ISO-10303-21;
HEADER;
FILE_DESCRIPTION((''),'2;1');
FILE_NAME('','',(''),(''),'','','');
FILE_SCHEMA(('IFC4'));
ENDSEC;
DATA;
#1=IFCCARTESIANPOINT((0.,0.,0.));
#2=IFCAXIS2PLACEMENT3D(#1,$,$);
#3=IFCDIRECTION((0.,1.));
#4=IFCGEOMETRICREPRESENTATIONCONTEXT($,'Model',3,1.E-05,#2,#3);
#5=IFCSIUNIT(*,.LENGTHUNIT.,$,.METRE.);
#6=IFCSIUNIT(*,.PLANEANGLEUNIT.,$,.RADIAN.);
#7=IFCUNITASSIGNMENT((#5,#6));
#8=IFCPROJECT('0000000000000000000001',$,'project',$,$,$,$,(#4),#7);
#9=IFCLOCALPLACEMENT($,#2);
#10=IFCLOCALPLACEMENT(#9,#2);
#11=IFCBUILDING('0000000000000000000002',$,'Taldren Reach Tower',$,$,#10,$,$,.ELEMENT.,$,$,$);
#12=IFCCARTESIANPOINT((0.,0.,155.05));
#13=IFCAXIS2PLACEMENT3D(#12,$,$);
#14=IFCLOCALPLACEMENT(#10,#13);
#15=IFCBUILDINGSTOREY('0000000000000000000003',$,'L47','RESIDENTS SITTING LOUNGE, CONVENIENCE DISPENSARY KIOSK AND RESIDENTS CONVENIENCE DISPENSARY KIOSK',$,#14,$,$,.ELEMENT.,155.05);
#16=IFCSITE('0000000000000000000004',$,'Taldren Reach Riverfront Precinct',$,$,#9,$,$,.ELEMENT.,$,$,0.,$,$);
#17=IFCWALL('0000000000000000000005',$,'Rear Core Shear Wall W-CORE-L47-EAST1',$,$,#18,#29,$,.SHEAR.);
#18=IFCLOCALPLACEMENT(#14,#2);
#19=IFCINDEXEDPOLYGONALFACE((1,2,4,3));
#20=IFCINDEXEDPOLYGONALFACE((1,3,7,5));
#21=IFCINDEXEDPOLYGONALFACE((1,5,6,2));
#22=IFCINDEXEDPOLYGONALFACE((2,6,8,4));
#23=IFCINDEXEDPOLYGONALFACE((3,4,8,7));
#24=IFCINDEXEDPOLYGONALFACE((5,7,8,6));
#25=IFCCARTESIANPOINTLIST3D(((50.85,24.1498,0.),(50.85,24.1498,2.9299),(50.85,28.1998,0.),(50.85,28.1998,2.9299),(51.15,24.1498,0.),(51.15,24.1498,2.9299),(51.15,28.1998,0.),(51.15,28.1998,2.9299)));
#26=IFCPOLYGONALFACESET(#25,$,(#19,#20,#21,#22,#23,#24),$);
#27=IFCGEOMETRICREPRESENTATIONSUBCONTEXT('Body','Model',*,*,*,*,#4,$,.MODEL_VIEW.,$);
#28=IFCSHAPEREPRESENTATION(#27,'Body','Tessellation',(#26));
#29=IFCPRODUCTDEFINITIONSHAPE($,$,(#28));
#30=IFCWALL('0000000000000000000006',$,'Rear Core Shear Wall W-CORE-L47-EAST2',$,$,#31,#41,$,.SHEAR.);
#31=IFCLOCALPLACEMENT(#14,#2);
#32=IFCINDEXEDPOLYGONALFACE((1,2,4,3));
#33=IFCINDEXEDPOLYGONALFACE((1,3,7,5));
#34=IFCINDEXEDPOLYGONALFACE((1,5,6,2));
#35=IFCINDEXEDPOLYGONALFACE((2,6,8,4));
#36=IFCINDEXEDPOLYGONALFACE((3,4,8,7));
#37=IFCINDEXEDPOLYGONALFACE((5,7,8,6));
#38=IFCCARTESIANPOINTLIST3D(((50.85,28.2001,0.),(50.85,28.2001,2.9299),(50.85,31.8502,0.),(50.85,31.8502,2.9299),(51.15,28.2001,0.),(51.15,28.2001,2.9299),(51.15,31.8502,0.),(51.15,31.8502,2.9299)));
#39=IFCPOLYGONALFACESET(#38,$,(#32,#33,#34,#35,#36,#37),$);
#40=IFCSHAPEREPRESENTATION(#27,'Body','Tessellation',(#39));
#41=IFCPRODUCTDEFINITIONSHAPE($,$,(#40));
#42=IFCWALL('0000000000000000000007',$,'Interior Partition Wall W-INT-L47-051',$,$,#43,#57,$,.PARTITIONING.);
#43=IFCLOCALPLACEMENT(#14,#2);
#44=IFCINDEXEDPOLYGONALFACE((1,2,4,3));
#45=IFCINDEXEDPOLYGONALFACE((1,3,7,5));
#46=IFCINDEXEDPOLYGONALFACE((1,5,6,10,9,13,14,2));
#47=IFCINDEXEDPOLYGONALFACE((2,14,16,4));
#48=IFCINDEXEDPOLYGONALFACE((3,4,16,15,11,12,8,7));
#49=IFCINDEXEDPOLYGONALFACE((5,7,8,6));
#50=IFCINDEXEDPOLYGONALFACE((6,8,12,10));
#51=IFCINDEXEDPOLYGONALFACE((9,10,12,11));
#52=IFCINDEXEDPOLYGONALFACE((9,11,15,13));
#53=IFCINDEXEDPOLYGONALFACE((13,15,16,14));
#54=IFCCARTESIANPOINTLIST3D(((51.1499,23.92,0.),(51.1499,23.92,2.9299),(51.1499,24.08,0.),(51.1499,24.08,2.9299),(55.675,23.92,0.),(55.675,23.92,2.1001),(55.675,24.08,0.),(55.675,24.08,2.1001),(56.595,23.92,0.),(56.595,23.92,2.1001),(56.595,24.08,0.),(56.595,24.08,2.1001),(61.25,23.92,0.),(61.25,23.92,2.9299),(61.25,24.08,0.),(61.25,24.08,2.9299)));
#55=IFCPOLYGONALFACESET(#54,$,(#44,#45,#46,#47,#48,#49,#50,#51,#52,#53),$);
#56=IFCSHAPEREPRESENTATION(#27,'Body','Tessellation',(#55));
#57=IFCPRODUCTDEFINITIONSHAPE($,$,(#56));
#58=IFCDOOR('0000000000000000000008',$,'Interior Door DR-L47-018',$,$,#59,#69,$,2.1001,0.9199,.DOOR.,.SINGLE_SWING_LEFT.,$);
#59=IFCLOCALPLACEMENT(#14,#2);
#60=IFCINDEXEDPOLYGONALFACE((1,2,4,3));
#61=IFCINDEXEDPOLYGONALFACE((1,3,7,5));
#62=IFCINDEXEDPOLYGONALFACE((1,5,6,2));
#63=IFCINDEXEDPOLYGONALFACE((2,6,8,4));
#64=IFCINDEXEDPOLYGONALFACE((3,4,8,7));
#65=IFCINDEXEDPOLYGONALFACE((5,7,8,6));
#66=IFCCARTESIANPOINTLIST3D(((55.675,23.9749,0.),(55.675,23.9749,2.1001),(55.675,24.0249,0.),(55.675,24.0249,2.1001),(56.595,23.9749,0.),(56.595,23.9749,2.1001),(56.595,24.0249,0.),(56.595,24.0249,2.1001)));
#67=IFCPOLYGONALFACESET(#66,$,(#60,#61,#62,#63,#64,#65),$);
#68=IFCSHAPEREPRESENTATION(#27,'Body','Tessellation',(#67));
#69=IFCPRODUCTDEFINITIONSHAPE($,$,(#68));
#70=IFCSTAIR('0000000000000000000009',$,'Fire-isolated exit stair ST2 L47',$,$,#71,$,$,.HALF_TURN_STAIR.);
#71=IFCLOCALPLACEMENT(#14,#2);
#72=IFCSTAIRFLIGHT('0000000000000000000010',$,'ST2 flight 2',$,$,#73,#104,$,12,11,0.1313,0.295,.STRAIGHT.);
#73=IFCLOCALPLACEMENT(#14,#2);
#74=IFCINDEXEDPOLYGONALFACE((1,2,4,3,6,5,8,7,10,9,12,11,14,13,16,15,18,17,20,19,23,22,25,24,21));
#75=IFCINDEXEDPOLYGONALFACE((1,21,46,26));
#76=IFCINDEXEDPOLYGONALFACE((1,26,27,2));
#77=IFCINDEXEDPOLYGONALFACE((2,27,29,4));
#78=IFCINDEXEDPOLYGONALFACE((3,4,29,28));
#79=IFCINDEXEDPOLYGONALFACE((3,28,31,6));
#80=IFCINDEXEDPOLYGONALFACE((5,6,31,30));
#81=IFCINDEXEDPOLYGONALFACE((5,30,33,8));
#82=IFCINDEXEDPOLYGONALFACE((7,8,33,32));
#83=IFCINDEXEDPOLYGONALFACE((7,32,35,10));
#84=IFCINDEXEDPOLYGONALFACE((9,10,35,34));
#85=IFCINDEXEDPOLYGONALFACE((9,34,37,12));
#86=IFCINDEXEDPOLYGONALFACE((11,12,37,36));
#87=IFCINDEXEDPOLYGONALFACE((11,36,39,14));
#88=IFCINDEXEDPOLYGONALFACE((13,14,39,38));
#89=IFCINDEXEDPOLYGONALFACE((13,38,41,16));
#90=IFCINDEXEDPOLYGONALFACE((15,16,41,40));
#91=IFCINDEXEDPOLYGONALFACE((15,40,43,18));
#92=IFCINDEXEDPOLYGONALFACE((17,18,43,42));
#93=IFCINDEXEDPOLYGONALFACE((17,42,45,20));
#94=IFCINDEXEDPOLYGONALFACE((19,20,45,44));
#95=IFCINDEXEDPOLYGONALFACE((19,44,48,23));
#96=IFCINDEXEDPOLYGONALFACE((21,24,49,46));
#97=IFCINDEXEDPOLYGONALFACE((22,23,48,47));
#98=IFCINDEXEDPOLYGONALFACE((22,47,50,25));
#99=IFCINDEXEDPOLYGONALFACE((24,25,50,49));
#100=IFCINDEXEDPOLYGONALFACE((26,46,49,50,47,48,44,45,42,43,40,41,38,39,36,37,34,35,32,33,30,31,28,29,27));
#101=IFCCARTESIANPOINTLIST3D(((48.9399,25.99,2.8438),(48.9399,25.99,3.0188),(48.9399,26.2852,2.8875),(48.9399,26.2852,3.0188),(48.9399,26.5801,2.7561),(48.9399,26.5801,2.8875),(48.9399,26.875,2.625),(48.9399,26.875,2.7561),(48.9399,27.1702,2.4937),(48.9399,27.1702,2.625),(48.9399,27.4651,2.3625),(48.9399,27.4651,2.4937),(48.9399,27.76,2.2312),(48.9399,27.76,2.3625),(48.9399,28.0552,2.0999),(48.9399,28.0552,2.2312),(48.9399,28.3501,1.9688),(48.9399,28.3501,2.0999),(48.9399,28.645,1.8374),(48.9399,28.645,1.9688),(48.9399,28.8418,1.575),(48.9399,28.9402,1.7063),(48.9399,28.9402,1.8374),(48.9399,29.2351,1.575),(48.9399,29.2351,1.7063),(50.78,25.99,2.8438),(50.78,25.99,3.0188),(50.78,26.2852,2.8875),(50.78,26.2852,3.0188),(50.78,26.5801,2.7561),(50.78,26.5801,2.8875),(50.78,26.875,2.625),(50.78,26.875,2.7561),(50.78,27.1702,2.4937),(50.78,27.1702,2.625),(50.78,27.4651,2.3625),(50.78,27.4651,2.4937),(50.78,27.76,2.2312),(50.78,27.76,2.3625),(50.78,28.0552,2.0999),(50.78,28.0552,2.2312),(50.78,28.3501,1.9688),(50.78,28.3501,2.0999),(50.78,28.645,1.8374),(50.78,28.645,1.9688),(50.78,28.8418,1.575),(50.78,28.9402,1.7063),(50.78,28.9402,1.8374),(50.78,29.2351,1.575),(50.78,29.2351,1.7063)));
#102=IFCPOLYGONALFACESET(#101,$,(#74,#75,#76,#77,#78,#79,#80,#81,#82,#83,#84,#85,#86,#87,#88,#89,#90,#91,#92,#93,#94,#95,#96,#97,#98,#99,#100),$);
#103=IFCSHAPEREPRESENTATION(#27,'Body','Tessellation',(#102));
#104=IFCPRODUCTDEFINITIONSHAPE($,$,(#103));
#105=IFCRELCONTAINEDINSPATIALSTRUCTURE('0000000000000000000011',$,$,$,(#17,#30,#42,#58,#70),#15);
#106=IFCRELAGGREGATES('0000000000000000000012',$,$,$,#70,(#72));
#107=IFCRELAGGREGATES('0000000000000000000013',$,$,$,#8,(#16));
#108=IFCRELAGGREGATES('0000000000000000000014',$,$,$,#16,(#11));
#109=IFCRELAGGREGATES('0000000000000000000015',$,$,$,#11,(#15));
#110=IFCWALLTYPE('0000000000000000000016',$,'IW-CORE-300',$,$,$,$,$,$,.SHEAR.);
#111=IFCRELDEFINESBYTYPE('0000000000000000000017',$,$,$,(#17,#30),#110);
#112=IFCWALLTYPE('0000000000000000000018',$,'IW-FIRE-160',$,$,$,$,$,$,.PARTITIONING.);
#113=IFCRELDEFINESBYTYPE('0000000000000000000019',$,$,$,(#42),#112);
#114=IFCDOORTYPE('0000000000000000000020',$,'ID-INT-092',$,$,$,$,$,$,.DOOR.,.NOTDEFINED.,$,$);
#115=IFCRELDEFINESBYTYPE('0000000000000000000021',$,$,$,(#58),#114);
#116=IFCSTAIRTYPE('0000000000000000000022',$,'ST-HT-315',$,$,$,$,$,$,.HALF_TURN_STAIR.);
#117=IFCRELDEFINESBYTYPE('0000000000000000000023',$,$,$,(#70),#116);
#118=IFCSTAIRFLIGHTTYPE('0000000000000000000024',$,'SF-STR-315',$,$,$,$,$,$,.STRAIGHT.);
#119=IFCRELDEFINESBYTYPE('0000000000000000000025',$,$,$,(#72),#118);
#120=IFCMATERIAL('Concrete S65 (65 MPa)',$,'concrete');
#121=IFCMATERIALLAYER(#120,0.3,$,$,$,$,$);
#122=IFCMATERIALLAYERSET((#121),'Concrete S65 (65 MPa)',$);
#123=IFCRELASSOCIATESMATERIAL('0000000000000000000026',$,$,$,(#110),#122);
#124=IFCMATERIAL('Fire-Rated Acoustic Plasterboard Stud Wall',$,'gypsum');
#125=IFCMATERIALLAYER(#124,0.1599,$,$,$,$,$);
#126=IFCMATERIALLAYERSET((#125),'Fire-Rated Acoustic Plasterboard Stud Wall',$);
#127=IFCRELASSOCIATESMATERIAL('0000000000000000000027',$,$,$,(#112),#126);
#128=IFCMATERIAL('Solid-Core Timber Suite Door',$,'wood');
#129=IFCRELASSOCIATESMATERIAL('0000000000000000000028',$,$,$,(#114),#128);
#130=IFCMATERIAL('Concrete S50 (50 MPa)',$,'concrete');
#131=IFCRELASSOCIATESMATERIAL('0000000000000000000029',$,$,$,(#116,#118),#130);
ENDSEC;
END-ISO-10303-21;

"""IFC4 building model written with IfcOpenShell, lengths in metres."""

from ifc_helpers import new_model, si_unit, direction, frame, frame_2d, origin, place, context, subcontext, project, spatial, polyline, rectangle, outline, extrude, source, transform, mapped, material, layer, layer_set, type_object, element, fill, aggregate, save


model = new_model("IFC4")

# Units and contexts
model_context = context("Model", 3, precision=1e-05, world=origin(), true_north=direction((0.0, 1.0)))
body_context = subcontext(model_context, "Body", "Model", "MODEL_VIEW")
ifc_project = project(units=[si_unit("LENGTHUNIT", "METRE"), si_unit("PLANEANGLEUNIT", "RADIAN")], contexts=[model_context])

# Site, building, storey
site_placement = place(None, origin())
site = spatial("IfcSite", under=ifc_project, at=site_placement, Name="Taldren Reach Riverfront Precinct", CompositionType="ELEMENT", RefElevation=0.0)
building_placement = place(site_placement, origin())
building = spatial("IfcBuilding", under=site, at=building_placement, Name="Taldren Reach Tower", CompositionType="ELEMENT")
storey_placement = place(building_placement, frame((0.0, 0.0, 155.05)))
storey = spatial("IfcBuildingStorey", under=building, at=storey_placement, Name="L47", Description="RESIDENTS SITTING LOUNGE, CONVENIENCE DISPENSARY KIOSK AND RESIDENTS CONVENIENCE DISPENSARY KIOSK", CompositionType="ELEMENT", Elevation=155.05)

# Walls
ifc_material_1 = material(Name="Concrete S65 (65 MPa)", Category="concrete")
ifc_layer_1 = layer(ifc_material_1, 0.3)
ifc_layer_set_1 = layer_set([ifc_layer_1], Name="Concrete S65 (65 MPa)")
wall_type_1 = type_object("IfcWallType", Name="IW-CORE-300", PredefinedType="SHEAR", material=ifc_layer_set_1)
shared_shape_1 = source(origin(), body_context, "Body", "SweptSolid", [
    extrude(rectangle(XDim=4.05, YDim=0.3, at=frame_2d((2.0249, 0.0))), origin(), (0.0, 0.0, 1.0), 2.9299),
])
wall_1_placement = place(storey_placement, frame((51.0, 24.1499, 0.0), z_axis=(0.0, 0.0, 1.0), x_axis=(0.0, 1.0, 0.0)))
element("IfcWall", 1, at=wall_1_placement, inside=storey, type_object=wall_type_1, Name="Rear Core Shear Wall W-CORE-L47-EAST1", PredefinedType="SHEAR", context=body_context, shape_type="MappedRepresentation", body=[
    mapped(shared_shape_1, transform((0.0, 0.0, 0.0), scale=1.0)),
])
shared_shape_2 = source(origin(), body_context, "Body", "SweptSolid", [
    extrude(rectangle(XDim=3.6501, YDim=0.3, at=frame_2d((1.8252, 0.0))), origin(), (0.0, 0.0, 1.0), 2.9299),
])
wall_2_placement = place(storey_placement, frame((51.0, 28.2, 0.0), z_axis=(0.0, 0.0, 1.0), x_axis=(0.0, 1.0, 0.0)))
element("IfcWall", 2, at=wall_2_placement, inside=storey, type_object=wall_type_1, Name="Rear Core Shear Wall W-CORE-L47-EAST2", PredefinedType="SHEAR", context=body_context, shape_type="MappedRepresentation", body=[
    mapped(shared_shape_2, transform((0.0, 0.0, 0.0), scale=1.0)),
])

# Wall, opening, door
ifc_material_2 = material(Name="Fire-Rated Acoustic Plasterboard Stud Wall", Category="gypsum")
ifc_layer_2 = layer(ifc_material_2, 0.1599)
ifc_layer_set_2 = layer_set([ifc_layer_2], Name="Fire-Rated Acoustic Plasterboard Stud Wall")
wall_type_2 = type_object("IfcWallType", Name="IW-FIRE-160", PredefinedType="PARTITIONING", material=ifc_layer_set_2)
shared_shape_3 = source(origin(), body_context, "Body", "SweptSolid", [
    extrude(rectangle(XDim=10.1001, YDim=0.1599, at=frame_2d((5.05, 0.0))), origin(), (0.0, 0.0, 1.0), 2.9299),
])
wall_3_placement = place(storey_placement, frame((51.1499, 24.0, 0.0), z_axis=(0.0, 0.0, 1.0), x_axis=(1.0, 0.0, 0.0)))
wall_3 = element("IfcWall", 3, at=wall_3_placement, inside=storey, type_object=wall_type_2, Name="Interior Partition Wall W-INT-L47-051", PredefinedType="PARTITIONING", context=body_context, shape_type="MappedRepresentation", body=[
    mapped(shared_shape_3, transform((0.0, 0.0, 0.0), scale=1.0)),
])
shared_shape_4 = source(origin(), body_context, "Body", "SweptSolid", [
    extrude(rectangle(XDim=0.9199, YDim=2.1001, at=frame_2d((0.46, 1.05))), frame((0.0, 0.0898, 0.0), z_axis=(0.0, -1.0, 0.0), x_axis=(1.0, 0.0, 0.0)), (0.0, 0.0, 1.0), 0.1799),
])
opening_placement = place(wall_3_placement, frame((4.5251, 0.0, 0.0)))
opening = element("IfcOpeningElement", 4, at=opening_placement, cuts=wall_3, PredefinedType="OPENING", context=body_context, shape_type="MappedRepresentation", body=[
    mapped(shared_shape_4, transform((0.0, 0.0, 0.0), scale=1.0)),
])
ifc_material_3 = material(Name="Solid-Core Timber Suite Door", Category="wood")
door_type = type_object("IfcDoorType", Name="ID-INT-092", OperationType="NOTDEFINED", PredefinedType="DOOR", material=ifc_material_3)
shared_shape_5 = source(origin(), body_context, "Body", "SweptSolid", [
    extrude(rectangle(XDim=0.9199, YDim=2.1001, at=frame_2d((0.46, 1.05))), frame((0.0, 0.0249, 0.0), z_axis=(0.0, -1.0, 0.0), x_axis=(1.0, 0.0, 0.0)), (0.0, 0.0, 1.0), 0.05),
])
door_placement = place(opening_placement, origin())
door = element("IfcDoor", 5, at=door_placement, inside=storey, type_object=door_type, Name="Interior Door DR-L47-018", OperationType="SINGLE_SWING_LEFT", OverallHeight=2.1001, OverallWidth=0.9199, PredefinedType="DOOR", context=body_context, shape_type="MappedRepresentation", body=[
    mapped(shared_shape_5, transform((0.0, 0.0, 0.0), scale=1.0)),
])
fill(opening, door)

# Stair, stair flight
ifc_material_4 = material(Name="Concrete S50 (50 MPa)", Category="concrete")
stair_type = type_object("IfcStairType", Name="ST-HT-315", PredefinedType="HALF_TURN_STAIR", material=ifc_material_4)
stair_placement = place(storey_placement, origin())
stair = element("IfcStair", 6, at=stair_placement, inside=storey, type_object=stair_type, Name="Fire-isolated exit stair ST2 L47", PredefinedType="HALF_TURN_STAIR")
stair_flight_type = type_object("IfcStairFlightType", Name="SF-STR-315", PredefinedType="STRAIGHT", material=ifc_material_4)
stair_flight_placement = place(storey_placement, frame((49.8601, 29.2351, 1.575), z_axis=(0.0, 0.0, 1.0), x_axis=(0.0, -1.0, 0.0)))
stair_flight = element("IfcStairFlight", 7, at=stair_flight_placement, type_object=stair_flight_type, Name="ST2 flight 2", NumberOfRisers=12, NumberOfTreads=11, PredefinedType="STRAIGHT", RiserHeight=0.1313, TreadLength=0.295, context=body_context, shape_type="SweptSolid", body=[
    extrude(outline(polyline([(0.0, 0.0), (0.0, 0.1313), (0.2949, 0.1313), (0.2949, 0.2625), (0.5901, 0.2625), (0.5901, 0.3938), (0.885, 0.3938), (0.885, 0.5249), (1.1799, 0.5249), (1.1799, 0.6562), (1.4751, 0.6562), (1.4751, 0.7876), (1.77, 0.7876), (1.77, 0.9187), (2.0649, 0.9187), (2.0649, 1.05), (2.3601, 1.05), (2.3601, 1.1812), (2.655, 1.1812), (2.655, 1.3125), (2.95, 1.3125), (2.95, 1.4438), (3.2451, 1.4438), (3.2451, 1.575), (3.2451, 1.2688), (0.3933, 0.0), (0.0, 0.0)])), frame((0.0, 0.9199, 0.0), z_axis=(0.0, -1.0, 0.0), x_axis=(1.0, 0.0, 0.0)), (0.0, 0.0, 1.0), 1.8401),
])
aggregate(stair, [stair_flight])

save(model, "model.ifc")
